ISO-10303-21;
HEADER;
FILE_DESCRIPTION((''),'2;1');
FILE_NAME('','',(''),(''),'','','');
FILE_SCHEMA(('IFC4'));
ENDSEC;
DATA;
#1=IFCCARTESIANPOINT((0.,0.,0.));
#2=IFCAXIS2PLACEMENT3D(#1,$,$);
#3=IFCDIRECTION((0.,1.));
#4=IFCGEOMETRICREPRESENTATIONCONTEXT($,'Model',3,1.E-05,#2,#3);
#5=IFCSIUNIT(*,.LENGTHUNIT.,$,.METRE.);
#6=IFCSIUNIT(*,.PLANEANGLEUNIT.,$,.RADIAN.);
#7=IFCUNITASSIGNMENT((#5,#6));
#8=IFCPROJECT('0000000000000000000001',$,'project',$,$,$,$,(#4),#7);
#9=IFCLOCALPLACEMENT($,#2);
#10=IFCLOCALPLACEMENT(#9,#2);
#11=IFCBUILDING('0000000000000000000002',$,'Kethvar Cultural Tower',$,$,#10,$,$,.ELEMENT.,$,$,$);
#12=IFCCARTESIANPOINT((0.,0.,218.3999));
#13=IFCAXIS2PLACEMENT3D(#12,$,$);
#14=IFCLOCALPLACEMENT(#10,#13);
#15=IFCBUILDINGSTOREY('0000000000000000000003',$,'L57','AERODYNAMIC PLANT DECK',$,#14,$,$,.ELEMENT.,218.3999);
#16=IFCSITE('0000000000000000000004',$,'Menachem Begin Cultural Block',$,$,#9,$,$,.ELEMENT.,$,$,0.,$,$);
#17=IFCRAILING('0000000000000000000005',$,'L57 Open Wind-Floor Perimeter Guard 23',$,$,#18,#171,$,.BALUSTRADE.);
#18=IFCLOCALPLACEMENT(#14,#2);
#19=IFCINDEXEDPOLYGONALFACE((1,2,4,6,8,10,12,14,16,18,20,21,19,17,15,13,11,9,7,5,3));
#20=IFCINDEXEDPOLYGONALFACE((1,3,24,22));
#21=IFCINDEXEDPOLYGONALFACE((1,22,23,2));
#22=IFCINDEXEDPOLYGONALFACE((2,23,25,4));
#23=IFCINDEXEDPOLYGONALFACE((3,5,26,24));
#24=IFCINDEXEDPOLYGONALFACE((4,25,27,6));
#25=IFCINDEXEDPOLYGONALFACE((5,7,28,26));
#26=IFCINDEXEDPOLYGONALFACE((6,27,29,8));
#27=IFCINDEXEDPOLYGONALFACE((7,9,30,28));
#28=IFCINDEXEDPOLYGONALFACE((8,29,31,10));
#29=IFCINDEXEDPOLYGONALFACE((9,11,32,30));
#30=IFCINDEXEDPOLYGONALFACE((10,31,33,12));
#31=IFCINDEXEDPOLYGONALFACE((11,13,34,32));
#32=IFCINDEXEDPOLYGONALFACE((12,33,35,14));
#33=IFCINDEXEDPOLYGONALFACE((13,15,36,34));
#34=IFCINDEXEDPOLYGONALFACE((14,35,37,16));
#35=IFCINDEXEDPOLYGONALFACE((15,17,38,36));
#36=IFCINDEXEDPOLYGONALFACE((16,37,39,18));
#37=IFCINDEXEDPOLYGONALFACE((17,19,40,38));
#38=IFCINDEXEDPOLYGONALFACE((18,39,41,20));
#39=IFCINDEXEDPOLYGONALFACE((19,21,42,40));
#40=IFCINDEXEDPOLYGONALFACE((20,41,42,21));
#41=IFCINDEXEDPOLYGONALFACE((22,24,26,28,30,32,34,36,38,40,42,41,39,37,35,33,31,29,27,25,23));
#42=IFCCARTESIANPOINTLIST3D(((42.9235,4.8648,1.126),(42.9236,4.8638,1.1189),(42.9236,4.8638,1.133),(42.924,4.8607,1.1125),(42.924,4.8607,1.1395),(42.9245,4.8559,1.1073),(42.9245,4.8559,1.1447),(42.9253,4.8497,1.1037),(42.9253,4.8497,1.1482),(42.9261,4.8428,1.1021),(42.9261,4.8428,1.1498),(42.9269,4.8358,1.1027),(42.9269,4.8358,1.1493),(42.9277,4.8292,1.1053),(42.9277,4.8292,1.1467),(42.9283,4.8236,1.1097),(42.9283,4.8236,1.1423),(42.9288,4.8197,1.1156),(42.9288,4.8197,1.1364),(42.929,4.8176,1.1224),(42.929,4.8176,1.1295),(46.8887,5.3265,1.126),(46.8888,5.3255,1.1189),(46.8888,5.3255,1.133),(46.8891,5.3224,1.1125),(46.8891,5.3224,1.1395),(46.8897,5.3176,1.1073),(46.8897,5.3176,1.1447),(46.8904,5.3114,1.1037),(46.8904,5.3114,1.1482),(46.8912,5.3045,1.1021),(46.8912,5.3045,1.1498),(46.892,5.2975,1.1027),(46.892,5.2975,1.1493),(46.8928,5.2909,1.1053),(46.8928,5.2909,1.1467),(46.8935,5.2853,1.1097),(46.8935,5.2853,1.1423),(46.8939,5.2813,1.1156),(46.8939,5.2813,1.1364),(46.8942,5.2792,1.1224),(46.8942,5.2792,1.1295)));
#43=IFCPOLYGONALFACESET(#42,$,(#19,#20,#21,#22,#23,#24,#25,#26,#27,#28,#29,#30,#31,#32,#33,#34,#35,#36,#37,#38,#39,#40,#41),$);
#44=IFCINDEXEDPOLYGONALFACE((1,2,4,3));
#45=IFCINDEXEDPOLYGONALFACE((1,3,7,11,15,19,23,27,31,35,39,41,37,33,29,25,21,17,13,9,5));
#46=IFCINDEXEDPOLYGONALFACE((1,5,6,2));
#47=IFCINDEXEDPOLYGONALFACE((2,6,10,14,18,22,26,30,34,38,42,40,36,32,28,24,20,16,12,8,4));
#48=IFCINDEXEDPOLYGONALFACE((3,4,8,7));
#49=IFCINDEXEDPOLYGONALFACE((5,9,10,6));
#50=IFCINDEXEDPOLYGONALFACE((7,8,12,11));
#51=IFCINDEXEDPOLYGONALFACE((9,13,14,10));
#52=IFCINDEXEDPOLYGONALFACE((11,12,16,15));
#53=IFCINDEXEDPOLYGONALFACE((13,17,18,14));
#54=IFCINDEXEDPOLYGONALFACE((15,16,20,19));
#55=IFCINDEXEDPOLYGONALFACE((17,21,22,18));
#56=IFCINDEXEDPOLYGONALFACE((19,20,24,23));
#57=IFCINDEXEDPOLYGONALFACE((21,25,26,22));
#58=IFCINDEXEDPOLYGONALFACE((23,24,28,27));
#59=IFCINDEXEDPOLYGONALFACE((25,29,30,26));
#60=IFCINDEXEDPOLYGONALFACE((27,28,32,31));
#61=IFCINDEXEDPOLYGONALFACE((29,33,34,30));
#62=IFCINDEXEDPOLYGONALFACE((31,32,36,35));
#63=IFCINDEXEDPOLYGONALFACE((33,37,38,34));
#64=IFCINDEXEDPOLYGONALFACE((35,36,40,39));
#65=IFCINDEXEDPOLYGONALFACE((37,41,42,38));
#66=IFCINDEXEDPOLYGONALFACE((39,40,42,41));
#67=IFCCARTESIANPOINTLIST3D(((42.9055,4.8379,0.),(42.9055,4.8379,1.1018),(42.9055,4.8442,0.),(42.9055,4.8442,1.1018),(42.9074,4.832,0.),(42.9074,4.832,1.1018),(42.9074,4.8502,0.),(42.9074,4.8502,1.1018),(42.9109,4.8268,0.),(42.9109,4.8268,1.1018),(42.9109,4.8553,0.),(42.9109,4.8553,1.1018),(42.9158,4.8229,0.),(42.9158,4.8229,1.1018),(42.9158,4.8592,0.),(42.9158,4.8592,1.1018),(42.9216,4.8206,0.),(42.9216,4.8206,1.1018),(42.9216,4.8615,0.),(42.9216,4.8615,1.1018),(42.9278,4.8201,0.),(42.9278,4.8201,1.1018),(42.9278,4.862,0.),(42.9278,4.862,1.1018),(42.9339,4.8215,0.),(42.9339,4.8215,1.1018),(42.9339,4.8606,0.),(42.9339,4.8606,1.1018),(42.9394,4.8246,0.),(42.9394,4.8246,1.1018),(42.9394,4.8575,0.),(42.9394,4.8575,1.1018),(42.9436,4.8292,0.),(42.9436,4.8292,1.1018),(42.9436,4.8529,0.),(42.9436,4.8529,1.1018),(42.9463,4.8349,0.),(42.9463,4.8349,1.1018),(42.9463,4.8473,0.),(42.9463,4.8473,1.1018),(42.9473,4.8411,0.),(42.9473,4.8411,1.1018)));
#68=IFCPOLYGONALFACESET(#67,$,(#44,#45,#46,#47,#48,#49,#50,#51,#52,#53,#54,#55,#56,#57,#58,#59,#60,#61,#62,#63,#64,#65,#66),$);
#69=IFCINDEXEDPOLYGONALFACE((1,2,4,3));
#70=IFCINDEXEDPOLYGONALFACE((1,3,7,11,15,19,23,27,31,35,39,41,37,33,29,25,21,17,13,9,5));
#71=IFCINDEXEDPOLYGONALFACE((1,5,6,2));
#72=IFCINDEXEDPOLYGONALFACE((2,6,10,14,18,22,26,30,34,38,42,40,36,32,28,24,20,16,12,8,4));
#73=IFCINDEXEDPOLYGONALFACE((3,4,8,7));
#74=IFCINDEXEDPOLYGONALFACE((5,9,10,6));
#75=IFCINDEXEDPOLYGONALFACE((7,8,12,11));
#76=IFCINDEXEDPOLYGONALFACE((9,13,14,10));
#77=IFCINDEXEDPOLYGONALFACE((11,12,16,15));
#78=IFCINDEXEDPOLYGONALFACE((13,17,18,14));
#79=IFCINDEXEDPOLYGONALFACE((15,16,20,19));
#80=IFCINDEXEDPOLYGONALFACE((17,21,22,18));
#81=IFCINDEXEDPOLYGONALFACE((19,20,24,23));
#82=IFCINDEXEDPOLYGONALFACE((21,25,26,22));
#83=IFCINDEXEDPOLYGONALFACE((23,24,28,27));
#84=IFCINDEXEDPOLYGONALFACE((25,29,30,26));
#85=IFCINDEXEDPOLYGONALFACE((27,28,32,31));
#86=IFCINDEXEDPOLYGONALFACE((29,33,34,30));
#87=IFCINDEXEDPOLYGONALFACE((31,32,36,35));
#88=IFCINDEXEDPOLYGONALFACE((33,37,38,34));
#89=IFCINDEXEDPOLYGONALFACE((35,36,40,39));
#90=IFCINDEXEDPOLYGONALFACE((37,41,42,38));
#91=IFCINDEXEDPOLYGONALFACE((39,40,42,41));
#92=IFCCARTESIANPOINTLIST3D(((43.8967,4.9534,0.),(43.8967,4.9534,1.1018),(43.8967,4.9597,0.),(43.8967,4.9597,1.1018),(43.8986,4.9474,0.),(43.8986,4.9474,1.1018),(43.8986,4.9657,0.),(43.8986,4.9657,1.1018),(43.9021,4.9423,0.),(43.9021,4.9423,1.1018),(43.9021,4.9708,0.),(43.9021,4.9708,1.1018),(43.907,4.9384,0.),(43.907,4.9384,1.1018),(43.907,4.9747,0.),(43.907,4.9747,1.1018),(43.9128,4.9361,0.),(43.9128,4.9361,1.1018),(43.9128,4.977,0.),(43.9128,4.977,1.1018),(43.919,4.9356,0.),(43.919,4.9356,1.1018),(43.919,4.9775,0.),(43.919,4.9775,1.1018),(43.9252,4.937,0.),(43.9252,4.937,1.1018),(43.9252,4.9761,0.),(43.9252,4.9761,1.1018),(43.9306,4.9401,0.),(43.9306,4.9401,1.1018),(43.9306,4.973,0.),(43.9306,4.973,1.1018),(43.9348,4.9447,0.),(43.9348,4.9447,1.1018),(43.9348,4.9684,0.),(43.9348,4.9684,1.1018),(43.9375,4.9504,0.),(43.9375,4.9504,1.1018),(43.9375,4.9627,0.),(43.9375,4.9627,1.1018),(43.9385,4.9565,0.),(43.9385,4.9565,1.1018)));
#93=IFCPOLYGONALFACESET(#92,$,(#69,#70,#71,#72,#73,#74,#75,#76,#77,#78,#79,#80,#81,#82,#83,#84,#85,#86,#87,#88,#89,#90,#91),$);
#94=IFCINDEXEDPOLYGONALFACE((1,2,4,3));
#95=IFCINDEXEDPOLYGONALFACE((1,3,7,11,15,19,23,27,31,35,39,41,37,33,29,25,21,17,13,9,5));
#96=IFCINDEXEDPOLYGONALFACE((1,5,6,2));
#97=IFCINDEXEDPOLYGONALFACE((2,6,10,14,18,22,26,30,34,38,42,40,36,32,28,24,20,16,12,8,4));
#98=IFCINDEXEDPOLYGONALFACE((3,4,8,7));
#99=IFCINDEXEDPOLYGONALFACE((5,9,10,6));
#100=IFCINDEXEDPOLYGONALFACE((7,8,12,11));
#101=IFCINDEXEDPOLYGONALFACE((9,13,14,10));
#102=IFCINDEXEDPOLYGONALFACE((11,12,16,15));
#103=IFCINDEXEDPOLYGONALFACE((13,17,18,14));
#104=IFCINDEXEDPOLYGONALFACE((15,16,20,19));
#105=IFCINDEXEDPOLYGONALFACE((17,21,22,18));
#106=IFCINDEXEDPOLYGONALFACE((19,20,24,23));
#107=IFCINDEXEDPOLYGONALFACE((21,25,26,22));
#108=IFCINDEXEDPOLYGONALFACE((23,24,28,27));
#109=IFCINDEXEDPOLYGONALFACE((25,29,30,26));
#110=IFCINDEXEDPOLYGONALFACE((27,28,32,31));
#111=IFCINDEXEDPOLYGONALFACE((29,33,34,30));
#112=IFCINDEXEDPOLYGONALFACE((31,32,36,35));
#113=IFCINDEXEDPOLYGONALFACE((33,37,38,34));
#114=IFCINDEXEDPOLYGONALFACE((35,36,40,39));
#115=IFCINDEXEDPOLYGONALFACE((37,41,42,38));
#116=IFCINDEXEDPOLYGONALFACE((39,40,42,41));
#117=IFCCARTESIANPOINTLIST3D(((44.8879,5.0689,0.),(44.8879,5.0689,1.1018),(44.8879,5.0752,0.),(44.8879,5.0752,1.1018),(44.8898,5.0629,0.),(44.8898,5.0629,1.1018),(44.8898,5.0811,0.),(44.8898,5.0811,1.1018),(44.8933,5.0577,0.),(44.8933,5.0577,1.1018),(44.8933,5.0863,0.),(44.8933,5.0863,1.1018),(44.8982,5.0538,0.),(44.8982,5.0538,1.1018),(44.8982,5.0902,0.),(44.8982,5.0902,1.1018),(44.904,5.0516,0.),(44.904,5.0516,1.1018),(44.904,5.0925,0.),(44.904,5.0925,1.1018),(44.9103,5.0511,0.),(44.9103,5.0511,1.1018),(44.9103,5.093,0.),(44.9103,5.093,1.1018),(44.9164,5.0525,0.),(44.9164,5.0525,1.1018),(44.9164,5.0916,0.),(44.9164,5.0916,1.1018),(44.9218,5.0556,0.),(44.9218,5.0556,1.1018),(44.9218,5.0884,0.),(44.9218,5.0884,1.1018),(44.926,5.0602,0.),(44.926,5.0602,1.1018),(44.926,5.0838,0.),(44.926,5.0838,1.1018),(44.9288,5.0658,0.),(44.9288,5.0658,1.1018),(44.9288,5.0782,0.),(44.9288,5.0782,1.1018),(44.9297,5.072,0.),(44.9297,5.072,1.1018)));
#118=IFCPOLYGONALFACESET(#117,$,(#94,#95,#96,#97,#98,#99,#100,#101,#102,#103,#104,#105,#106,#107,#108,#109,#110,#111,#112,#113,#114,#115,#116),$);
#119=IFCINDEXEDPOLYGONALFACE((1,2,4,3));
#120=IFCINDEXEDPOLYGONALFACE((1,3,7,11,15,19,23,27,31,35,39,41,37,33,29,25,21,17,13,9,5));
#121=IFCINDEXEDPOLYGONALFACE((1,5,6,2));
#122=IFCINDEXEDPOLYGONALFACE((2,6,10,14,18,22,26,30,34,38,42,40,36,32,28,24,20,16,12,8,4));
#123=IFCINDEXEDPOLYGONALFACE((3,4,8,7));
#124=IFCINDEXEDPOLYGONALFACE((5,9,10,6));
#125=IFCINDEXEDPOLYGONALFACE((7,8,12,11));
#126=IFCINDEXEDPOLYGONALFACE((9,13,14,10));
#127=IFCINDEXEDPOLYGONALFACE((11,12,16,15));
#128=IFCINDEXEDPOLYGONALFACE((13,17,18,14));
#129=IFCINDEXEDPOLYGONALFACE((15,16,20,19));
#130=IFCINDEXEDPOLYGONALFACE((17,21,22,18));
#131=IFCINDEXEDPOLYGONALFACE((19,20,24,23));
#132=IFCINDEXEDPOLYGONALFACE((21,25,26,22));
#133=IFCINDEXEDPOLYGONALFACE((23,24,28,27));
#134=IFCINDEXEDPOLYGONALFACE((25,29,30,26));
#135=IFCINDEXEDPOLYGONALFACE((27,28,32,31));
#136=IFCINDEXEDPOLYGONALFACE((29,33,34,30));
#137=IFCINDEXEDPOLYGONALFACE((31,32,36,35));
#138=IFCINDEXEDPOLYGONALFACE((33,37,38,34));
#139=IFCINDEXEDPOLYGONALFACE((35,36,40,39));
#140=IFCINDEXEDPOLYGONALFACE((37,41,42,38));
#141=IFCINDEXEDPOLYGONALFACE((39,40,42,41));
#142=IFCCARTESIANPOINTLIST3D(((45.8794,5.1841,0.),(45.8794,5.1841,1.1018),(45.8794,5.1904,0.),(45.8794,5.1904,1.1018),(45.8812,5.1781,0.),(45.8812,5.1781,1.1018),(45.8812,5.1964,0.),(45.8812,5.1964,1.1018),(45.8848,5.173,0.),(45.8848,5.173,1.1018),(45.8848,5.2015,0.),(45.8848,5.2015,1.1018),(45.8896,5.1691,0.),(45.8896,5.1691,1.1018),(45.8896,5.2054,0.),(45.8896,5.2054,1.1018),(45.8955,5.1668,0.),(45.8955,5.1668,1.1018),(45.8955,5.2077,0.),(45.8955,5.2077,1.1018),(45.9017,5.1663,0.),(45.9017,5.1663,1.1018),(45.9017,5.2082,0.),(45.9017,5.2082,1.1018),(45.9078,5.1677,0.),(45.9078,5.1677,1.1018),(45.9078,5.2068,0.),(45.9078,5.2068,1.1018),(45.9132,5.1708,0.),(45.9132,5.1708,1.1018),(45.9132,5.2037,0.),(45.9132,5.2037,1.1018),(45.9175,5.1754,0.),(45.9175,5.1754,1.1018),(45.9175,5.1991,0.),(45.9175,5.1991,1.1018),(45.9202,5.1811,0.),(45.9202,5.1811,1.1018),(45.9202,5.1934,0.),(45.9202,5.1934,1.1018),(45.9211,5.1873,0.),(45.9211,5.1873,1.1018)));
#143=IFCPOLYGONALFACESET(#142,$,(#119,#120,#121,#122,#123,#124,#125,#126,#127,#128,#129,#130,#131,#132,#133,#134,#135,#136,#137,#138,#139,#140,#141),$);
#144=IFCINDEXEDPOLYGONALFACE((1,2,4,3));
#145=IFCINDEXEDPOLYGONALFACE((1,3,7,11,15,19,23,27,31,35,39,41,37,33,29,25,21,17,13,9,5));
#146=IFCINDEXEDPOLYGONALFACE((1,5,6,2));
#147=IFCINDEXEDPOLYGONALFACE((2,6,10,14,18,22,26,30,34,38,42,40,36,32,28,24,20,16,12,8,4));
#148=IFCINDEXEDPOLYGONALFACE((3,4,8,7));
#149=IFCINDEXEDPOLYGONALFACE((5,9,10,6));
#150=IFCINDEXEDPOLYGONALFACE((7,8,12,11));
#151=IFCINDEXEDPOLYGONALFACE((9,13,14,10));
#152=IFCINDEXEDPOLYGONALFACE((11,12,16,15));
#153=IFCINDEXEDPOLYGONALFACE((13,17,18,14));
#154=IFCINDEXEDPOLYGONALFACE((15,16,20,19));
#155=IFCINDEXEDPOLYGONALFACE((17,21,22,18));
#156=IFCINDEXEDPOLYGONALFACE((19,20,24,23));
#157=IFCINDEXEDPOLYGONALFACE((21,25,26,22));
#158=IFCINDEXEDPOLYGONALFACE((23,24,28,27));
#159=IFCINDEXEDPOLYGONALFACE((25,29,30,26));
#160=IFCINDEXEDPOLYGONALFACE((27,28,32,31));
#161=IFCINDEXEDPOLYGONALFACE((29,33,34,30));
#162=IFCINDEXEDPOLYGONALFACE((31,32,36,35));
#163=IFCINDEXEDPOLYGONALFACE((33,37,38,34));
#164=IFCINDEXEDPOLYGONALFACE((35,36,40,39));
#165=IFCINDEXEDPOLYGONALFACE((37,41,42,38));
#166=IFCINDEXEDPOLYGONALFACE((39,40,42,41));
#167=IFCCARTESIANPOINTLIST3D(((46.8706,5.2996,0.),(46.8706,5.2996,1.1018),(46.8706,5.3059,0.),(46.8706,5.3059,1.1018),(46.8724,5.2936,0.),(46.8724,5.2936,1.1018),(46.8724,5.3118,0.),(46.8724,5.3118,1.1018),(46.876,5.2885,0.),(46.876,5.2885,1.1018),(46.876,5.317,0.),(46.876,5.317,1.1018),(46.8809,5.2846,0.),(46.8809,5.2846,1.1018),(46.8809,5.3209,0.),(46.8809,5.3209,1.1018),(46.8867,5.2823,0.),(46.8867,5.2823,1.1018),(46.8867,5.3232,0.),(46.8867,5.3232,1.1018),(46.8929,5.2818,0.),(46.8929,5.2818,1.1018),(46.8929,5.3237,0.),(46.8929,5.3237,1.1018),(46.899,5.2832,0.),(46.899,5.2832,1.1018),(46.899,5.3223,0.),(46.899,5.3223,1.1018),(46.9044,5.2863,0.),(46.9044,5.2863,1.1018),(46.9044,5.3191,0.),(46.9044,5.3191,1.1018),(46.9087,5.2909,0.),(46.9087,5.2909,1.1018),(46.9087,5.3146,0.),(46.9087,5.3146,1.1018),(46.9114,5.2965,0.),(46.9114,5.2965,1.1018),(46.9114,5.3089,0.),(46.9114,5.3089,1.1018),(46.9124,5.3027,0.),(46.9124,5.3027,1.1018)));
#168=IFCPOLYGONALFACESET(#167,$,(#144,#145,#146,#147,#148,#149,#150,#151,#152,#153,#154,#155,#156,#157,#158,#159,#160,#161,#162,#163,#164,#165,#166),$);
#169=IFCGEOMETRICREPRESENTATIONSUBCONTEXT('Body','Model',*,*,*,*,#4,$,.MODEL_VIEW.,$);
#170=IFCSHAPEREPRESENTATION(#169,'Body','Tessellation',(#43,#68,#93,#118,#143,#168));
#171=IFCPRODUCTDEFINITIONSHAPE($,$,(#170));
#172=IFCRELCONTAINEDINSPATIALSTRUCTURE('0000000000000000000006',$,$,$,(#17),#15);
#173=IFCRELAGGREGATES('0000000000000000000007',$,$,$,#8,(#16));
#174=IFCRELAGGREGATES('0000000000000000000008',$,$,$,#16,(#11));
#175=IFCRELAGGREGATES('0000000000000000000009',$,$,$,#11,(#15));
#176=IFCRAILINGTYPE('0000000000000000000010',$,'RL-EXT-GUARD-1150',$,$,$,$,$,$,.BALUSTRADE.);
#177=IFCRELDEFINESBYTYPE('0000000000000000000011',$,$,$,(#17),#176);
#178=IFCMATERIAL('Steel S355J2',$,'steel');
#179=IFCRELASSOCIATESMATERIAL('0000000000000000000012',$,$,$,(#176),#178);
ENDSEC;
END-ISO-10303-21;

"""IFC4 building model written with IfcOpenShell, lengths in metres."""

from ifc_helpers import new_model, si_unit, direction, frame, origin, origin_2d, place, context, subcontext, project, spatial, circle, extrude, material, type_object, element, save


model = new_model("IFC4")

# Units and contexts
model_context = context("Model", 3, precision=1e-05, world=origin(), true_north=direction((0.0, 1.0)))
body_context = subcontext(model_context, "Body", "Model", "MODEL_VIEW")
ifc_project = project(units=[si_unit("LENGTHUNIT", "METRE"), si_unit("PLANEANGLEUNIT", "RADIAN")], contexts=[model_context])

# Site, building, storey
site_placement = place(None, origin())
site = spatial("IfcSite", under=ifc_project, at=site_placement, Name="Menachem Begin Cultural Block", CompositionType="ELEMENT", RefElevation=0.0)
building_placement = place(site_placement, origin())
building = spatial("IfcBuilding", under=site, at=building_placement, Name="Kethvar Cultural Tower", CompositionType="ELEMENT")
storey_placement = place(building_placement, frame((0.0, 0.0, 218.3999)))
storey = spatial("IfcBuildingStorey", under=building, at=storey_placement, Name="L57", Description="AERODYNAMIC PLANT DECK", CompositionType="ELEMENT", Elevation=218.3999)

# Shared definitions
ifc_material_1 = material(Name="Steel S355J2", Category="steel")

# Railing
railing_type_1 = type_object("IfcRailingType", Name="RL-EXT-GUARD-1150", PredefinedType="BALUSTRADE", material=ifc_material_1)
railing_1_placement = place(storey_placement, frame((42.9263, 4.8411, 0.0)))
element("IfcRailing", 1, at=railing_1_placement, inside=storey, type_object=railing_type_1, Name="L57 Open Wind-Floor Perimeter Guard 23", PredefinedType="BALUSTRADE", context=body_context, shape_type="SweptSolid", body=[
    extrude(circle(Radius=0.0239, at=origin_2d()), frame((0.0, 0.0, 1.126), z_axis=(0.99329, 0.115652, 0.0), x_axis=(-0.115652, 0.99329, 0.0)), (0.0, 0.0, 1.0), 3.9919),
    extrude(circle(Radius=0.021, at=origin_2d()), origin(), (0.0, 0.0, 1.0), 1.1018),
    extrude(circle(Radius=0.021, at=origin_2d()), frame((0.9912, 0.1155, 0.0)), (0.0, 0.0, 1.0), 1.1018),
    extrude(circle(Radius=0.021, at=origin_2d()), frame((1.9824, 0.231, 0.0)), (0.0, 0.0, 1.0), 1.1018),
    extrude(circle(Radius=0.021, at=origin_2d()), frame((2.9739, 0.3462, 0.0)), (0.0, 0.0, 1.0), 1.1018),
    extrude(circle(Radius=0.021, at=origin_2d()), frame((3.9651, 0.4617, 0.0)), (0.0, 0.0, 1.0), 1.1018),
])

save(model, "model.ifc")
